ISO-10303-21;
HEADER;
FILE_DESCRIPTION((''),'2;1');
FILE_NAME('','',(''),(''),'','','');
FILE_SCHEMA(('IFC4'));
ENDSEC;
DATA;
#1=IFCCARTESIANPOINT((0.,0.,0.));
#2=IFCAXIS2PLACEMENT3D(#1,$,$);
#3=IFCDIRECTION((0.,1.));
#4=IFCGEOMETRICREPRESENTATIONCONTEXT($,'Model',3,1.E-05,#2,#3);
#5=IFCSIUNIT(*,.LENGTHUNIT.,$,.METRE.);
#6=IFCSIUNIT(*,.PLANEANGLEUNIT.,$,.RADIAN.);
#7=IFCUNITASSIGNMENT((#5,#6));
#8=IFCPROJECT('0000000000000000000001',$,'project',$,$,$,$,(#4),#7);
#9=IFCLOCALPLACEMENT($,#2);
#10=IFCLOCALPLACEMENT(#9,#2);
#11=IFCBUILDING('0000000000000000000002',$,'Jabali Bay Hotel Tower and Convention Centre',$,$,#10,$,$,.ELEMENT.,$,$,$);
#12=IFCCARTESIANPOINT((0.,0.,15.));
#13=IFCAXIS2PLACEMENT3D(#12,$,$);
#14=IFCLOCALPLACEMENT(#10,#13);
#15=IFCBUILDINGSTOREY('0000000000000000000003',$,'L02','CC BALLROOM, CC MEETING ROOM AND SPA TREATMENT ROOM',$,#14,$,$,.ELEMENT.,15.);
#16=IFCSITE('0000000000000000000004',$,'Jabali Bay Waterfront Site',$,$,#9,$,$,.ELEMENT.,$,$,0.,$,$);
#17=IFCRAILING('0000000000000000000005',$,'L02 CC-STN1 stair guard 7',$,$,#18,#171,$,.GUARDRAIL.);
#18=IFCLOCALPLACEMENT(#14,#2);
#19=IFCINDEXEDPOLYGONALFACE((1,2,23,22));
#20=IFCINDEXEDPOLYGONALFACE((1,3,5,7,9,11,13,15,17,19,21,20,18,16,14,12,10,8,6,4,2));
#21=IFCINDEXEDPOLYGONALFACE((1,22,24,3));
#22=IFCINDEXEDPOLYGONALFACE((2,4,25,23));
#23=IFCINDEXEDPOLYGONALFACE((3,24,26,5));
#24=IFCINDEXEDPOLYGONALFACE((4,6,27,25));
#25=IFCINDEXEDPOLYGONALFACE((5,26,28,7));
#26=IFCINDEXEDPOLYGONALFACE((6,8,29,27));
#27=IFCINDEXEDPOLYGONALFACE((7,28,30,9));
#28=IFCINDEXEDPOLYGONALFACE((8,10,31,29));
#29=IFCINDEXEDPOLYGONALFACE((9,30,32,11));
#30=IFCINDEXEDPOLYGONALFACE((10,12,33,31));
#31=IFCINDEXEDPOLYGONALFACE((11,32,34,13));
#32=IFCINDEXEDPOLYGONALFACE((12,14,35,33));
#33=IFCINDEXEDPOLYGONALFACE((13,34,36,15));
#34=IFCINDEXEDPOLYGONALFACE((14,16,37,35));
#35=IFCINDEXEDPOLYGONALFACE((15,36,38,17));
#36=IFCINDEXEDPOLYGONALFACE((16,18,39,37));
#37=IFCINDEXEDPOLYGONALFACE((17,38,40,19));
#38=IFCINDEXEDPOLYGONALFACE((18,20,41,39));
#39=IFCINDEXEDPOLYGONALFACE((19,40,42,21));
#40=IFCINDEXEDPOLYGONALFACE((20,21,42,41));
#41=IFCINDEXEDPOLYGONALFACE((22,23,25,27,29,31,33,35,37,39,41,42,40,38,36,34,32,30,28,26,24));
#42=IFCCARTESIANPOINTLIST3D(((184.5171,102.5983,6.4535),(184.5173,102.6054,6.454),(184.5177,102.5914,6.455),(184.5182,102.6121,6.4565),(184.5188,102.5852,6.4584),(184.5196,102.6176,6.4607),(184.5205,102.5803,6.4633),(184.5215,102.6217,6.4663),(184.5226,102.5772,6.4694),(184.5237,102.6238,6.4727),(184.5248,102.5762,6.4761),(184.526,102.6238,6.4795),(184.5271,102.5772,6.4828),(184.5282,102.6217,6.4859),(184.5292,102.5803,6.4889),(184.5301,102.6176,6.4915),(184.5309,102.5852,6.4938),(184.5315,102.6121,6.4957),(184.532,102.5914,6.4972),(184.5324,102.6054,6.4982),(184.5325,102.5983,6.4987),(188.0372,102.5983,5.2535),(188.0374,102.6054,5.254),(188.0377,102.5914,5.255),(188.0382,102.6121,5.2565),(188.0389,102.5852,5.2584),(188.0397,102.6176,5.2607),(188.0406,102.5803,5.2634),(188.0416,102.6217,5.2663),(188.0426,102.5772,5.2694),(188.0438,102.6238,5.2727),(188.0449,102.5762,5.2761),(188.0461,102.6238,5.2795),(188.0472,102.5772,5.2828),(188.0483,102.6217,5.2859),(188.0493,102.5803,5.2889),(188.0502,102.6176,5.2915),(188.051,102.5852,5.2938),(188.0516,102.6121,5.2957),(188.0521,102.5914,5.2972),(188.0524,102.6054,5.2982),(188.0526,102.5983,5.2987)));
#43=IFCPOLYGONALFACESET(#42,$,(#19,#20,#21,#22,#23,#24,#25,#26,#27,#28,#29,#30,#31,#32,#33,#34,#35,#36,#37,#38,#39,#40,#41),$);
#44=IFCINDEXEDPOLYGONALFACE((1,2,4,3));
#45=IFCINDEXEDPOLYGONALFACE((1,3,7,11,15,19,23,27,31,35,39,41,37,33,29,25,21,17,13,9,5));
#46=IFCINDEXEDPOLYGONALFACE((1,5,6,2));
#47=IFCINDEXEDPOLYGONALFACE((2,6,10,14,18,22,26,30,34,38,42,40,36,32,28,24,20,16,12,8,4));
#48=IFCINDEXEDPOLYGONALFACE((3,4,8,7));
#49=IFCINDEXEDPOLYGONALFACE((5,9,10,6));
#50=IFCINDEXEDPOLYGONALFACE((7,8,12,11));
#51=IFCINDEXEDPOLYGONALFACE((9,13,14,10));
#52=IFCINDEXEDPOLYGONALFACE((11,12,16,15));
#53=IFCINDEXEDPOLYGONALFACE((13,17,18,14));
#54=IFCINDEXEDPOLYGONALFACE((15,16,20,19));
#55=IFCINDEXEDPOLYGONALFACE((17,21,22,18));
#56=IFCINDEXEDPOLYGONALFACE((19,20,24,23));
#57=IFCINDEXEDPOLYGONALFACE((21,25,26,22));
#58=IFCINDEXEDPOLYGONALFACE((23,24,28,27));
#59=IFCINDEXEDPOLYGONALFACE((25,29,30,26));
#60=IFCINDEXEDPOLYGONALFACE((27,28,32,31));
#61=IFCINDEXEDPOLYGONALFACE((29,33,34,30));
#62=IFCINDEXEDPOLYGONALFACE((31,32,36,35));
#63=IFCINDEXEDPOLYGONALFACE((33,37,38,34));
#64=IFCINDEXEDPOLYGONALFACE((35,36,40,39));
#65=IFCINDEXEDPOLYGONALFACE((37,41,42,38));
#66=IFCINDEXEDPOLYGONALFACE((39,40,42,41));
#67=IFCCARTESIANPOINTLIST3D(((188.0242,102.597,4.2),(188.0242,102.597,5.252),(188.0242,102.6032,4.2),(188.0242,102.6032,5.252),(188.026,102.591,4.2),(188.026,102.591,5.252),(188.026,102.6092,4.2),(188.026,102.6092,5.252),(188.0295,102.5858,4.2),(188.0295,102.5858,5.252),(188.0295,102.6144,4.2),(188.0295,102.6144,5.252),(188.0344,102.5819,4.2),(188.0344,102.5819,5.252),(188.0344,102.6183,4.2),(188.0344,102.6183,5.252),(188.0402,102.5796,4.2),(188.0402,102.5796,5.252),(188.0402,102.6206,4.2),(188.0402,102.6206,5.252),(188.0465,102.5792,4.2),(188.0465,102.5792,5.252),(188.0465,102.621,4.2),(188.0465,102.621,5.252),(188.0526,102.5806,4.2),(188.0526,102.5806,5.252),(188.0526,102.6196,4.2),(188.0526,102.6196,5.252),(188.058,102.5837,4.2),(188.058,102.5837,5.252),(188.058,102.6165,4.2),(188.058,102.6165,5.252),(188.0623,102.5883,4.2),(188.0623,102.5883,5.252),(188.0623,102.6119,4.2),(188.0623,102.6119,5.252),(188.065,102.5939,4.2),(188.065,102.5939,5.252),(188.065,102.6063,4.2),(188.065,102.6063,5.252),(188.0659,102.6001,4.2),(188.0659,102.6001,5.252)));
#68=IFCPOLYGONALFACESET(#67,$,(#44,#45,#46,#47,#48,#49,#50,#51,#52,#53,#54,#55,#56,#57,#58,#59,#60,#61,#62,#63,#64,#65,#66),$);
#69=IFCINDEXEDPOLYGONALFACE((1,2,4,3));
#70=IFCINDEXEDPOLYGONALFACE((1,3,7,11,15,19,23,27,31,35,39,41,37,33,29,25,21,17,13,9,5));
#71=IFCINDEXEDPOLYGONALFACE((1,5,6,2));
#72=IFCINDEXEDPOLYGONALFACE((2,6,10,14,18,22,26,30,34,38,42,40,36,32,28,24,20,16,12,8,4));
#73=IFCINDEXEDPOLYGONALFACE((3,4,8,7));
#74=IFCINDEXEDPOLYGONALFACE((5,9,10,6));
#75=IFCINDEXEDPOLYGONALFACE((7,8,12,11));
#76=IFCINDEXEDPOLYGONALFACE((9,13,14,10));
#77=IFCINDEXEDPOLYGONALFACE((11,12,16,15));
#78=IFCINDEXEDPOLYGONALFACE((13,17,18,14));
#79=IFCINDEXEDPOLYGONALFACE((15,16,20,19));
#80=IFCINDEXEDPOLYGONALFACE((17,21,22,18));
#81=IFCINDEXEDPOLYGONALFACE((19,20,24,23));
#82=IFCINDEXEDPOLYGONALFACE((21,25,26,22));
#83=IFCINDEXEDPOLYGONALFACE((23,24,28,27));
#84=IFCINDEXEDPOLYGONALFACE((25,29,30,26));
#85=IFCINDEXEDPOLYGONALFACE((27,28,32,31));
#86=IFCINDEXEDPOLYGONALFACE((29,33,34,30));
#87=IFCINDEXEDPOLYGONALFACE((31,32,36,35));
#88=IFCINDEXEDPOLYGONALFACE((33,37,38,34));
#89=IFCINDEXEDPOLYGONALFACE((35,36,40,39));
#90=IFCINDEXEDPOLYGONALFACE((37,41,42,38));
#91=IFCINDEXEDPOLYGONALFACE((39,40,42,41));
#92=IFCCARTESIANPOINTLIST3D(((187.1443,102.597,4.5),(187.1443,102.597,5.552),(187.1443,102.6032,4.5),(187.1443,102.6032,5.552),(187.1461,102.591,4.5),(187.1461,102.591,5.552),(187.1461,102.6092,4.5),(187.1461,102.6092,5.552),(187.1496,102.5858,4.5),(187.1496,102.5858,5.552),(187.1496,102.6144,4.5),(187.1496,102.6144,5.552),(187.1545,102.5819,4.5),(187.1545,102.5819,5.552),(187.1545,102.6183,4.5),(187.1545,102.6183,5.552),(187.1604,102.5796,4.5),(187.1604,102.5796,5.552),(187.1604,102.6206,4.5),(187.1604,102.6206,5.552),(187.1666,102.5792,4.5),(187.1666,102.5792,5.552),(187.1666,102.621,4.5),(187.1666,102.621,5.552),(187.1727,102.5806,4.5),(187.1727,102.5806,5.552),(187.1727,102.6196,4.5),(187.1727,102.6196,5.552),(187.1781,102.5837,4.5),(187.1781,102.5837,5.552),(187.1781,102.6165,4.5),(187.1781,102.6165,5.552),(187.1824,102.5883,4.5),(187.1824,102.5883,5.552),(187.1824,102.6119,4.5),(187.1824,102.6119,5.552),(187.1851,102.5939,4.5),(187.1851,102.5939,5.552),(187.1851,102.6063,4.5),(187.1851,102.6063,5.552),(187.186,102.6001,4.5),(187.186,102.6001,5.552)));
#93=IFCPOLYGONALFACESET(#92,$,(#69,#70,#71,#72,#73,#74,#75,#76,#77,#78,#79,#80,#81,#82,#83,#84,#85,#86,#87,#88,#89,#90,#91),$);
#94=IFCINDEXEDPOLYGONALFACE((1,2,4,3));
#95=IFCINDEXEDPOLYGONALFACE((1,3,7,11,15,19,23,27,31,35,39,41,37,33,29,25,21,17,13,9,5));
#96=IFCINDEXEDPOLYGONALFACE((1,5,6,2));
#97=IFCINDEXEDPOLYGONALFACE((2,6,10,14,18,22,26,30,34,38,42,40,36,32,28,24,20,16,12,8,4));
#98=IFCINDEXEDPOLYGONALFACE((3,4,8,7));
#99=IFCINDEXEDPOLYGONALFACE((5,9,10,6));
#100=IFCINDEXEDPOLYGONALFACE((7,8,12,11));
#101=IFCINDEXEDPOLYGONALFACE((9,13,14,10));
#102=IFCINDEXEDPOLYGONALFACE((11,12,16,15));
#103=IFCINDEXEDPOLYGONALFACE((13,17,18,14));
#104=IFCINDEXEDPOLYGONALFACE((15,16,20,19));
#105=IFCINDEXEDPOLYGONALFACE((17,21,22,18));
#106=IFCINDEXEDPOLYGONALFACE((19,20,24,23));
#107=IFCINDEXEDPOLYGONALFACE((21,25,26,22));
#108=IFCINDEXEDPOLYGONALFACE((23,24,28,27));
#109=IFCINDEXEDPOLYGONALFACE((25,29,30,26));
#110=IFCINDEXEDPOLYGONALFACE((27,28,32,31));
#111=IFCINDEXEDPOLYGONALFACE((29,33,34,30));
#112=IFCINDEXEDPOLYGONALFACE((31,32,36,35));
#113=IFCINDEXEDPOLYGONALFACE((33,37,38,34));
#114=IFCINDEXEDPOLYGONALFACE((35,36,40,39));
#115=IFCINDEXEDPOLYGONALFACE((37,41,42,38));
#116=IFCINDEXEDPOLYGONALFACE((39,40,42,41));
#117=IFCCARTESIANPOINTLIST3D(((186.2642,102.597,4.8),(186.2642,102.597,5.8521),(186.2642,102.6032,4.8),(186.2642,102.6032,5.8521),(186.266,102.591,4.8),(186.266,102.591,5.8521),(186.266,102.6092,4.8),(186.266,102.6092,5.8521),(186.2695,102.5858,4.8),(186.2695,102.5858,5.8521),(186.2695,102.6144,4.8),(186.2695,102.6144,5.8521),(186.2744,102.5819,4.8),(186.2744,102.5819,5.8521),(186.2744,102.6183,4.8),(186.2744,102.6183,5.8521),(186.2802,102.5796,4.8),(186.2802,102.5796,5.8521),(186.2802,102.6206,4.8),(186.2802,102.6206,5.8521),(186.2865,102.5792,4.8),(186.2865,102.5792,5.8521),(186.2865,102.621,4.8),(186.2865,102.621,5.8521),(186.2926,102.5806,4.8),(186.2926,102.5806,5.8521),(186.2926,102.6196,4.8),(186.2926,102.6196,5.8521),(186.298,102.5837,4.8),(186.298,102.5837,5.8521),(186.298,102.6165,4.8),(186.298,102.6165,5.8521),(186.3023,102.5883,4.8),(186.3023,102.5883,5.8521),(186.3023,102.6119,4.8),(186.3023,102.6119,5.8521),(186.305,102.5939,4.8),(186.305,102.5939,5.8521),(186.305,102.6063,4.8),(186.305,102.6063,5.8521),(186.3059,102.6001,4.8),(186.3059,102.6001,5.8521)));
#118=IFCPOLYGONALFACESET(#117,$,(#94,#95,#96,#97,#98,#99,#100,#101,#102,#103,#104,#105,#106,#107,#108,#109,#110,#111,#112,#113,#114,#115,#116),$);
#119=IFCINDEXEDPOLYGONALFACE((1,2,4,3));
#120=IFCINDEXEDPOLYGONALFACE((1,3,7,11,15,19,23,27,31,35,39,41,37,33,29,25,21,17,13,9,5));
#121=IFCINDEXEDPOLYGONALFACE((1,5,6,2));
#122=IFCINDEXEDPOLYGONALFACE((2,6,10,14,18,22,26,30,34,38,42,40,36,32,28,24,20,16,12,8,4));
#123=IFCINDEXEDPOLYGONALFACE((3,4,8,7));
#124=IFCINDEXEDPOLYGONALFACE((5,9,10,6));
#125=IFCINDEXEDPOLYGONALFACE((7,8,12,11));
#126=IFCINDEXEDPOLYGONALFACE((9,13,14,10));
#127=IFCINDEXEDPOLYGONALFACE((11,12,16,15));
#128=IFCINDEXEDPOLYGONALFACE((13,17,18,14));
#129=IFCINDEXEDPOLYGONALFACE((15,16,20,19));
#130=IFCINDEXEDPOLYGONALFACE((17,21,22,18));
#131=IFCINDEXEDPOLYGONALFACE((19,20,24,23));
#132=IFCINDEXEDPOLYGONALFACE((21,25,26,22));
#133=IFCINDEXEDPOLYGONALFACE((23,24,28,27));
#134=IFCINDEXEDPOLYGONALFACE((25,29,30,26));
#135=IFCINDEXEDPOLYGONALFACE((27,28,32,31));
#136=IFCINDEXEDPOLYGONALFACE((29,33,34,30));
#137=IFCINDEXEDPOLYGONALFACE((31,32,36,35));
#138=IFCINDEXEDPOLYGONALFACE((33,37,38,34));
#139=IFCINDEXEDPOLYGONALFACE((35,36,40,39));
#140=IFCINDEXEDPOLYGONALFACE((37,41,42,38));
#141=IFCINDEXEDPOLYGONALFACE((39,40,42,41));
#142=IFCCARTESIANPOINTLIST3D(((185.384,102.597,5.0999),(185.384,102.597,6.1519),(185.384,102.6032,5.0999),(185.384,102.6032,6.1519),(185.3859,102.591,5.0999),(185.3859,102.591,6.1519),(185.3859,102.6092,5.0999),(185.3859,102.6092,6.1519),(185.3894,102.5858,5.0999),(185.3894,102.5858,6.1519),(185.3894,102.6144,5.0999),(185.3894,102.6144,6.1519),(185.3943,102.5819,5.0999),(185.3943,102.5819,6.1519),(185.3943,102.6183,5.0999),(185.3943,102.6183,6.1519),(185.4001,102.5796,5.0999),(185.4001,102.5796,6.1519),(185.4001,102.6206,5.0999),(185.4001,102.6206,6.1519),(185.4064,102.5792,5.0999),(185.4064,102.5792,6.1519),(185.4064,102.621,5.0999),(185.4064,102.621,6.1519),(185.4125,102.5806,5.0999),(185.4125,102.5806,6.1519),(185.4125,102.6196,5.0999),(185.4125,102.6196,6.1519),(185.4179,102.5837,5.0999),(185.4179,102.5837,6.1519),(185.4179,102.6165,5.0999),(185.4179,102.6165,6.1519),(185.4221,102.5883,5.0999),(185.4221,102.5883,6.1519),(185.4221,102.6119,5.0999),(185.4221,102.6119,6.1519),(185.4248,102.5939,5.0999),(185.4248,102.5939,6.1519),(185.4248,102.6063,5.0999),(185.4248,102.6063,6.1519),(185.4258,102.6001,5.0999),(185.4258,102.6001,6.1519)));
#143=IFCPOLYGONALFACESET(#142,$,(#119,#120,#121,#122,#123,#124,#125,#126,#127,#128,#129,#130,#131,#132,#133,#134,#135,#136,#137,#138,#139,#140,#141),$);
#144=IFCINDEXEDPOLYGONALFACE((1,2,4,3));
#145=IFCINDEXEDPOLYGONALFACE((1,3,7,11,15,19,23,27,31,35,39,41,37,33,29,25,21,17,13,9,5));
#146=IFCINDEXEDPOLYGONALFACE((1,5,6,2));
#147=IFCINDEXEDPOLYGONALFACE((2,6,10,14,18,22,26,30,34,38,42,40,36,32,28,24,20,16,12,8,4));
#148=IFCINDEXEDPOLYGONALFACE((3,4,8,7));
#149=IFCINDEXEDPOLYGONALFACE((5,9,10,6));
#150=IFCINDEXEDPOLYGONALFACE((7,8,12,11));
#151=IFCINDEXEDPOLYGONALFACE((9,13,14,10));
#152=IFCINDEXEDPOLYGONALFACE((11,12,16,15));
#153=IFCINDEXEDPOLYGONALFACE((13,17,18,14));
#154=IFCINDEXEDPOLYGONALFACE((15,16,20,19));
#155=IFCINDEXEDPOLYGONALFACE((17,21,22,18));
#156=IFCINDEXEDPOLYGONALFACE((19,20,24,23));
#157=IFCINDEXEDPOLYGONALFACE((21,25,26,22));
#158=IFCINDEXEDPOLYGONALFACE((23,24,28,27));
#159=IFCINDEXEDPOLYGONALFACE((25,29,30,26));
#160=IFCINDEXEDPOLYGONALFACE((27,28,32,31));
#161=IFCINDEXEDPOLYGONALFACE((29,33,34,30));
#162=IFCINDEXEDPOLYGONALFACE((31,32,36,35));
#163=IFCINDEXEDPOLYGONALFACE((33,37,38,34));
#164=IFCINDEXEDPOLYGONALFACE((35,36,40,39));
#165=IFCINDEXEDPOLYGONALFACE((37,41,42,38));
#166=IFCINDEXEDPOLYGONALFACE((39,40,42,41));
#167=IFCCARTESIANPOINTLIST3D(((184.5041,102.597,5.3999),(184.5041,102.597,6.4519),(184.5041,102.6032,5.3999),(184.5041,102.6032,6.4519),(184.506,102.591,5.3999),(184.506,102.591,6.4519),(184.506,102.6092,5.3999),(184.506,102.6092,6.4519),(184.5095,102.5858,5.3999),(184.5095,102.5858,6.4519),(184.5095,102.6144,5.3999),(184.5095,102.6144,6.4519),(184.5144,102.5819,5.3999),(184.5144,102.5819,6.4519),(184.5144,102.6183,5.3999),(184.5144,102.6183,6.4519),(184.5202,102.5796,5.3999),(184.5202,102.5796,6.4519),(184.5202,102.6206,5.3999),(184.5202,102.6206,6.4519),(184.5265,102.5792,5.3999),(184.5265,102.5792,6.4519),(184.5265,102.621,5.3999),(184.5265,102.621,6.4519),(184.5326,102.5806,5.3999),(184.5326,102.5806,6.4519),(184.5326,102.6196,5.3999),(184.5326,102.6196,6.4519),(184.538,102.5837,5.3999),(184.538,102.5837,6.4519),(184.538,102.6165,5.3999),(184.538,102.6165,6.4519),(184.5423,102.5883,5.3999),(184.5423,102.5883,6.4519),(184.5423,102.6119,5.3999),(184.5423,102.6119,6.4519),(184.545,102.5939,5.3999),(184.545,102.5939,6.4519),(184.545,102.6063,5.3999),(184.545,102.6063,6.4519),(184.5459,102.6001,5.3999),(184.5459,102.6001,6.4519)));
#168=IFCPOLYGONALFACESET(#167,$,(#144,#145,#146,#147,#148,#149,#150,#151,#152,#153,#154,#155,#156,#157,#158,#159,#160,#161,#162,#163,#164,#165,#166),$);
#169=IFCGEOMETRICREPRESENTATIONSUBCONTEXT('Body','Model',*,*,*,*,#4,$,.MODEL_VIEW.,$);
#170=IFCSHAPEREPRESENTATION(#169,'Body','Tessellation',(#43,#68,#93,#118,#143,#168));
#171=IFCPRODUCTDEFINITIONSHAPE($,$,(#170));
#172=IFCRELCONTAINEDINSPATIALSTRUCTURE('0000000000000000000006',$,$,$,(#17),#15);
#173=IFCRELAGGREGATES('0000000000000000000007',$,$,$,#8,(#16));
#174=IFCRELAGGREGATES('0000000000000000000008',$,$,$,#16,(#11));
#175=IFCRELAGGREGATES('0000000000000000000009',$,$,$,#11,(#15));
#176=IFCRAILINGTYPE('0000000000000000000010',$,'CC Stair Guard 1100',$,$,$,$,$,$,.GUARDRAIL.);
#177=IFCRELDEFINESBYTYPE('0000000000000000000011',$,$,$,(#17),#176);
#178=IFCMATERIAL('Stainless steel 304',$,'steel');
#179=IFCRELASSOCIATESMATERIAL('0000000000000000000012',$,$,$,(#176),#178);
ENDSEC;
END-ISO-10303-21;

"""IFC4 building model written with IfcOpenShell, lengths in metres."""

from ifc_helpers import new_model, si_unit, direction, frame, origin, origin_2d, place, context, subcontext, project, spatial, circle, extrude, material, type_object, element, save


model = new_model("IFC4")

# Units and contexts
model_context = context("Model", 3, precision=1e-05, world=origin(), true_north=direction((0.0, 1.0)))
body_context = subcontext(model_context, "Body", "Model", "MODEL_VIEW")
ifc_project = project(units=[si_unit("LENGTHUNIT", "METRE"), si_unit("PLANEANGLEUNIT", "RADIAN")], contexts=[model_context])

# Site, building, storey
site_placement = place(None, origin())
site = spatial("IfcSite", under=ifc_project, at=site_placement, Name="Jabali Bay Waterfront Site", CompositionType="ELEMENT", RefElevation=0.0)
building_placement = place(site_placement, origin())
building = spatial("IfcBuilding", under=site, at=building_placement, Name="Jabali Bay Hotel Tower and Convention Centre", CompositionType="ELEMENT")
storey_placement = place(building_placement, frame((0.0, 0.0, 15.0)))
storey = spatial("IfcBuildingStorey", under=building, at=storey_placement, Name="L02", Description="CC BALLROOM, CC MEETING ROOM AND SPA TREATMENT ROOM", CompositionType="ELEMENT", Elevation=15.0)

# Railing
ifc_material_1 = material(Name="Stainless steel 304", Category="steel")
railing_type = type_object("IfcRailingType", Name="CC Stair Guard 1100", PredefinedType="GUARDRAIL", material=ifc_material_1)
railing_1_placement = place(storey_placement, frame((188.0449, 102.6001, 4.2)))
element("IfcRailing", 1, at=railing_1_placement, inside=storey, type_object=railing_type, Name="L02 CC-STN1 stair guard 7", PredefinedType="GUARDRAIL", context=body_context, shape_type="SweptSolid", body=[
    extrude(circle(Radius=0.0239, at=origin_2d()), frame((0.0, 0.0, 1.0762), z_axis=(-0.946515, 0.0, 0.322661), x_axis=(0.0, -1.0, 0.0)), (0.0, 0.0, 1.0), 3.719),
    extrude(circle(Radius=0.021, at=origin_2d()), origin(), (0.0, 0.0, 1.0), 1.052),
    extrude(circle(Radius=0.021, at=origin_2d()), frame((-0.8799, 0.0, 0.3)), (0.0, 0.0, 1.0), 1.052),
    extrude(circle(Radius=0.021, at=origin_2d()), frame((-1.76, 0.0, 0.6001)), (0.0, 0.0, 1.0), 1.052),
    extrude(circle(Radius=0.021, at=origin_2d()), frame((-2.6401, 0.0, 0.8999)), (0.0, 0.0, 1.0), 1.052),
    extrude(circle(Radius=0.021, at=origin_2d()), frame((-3.52, 0.0, 1.2)), (0.0, 0.0, 1.0), 1.052),
])

save(model, "model.ifc")
